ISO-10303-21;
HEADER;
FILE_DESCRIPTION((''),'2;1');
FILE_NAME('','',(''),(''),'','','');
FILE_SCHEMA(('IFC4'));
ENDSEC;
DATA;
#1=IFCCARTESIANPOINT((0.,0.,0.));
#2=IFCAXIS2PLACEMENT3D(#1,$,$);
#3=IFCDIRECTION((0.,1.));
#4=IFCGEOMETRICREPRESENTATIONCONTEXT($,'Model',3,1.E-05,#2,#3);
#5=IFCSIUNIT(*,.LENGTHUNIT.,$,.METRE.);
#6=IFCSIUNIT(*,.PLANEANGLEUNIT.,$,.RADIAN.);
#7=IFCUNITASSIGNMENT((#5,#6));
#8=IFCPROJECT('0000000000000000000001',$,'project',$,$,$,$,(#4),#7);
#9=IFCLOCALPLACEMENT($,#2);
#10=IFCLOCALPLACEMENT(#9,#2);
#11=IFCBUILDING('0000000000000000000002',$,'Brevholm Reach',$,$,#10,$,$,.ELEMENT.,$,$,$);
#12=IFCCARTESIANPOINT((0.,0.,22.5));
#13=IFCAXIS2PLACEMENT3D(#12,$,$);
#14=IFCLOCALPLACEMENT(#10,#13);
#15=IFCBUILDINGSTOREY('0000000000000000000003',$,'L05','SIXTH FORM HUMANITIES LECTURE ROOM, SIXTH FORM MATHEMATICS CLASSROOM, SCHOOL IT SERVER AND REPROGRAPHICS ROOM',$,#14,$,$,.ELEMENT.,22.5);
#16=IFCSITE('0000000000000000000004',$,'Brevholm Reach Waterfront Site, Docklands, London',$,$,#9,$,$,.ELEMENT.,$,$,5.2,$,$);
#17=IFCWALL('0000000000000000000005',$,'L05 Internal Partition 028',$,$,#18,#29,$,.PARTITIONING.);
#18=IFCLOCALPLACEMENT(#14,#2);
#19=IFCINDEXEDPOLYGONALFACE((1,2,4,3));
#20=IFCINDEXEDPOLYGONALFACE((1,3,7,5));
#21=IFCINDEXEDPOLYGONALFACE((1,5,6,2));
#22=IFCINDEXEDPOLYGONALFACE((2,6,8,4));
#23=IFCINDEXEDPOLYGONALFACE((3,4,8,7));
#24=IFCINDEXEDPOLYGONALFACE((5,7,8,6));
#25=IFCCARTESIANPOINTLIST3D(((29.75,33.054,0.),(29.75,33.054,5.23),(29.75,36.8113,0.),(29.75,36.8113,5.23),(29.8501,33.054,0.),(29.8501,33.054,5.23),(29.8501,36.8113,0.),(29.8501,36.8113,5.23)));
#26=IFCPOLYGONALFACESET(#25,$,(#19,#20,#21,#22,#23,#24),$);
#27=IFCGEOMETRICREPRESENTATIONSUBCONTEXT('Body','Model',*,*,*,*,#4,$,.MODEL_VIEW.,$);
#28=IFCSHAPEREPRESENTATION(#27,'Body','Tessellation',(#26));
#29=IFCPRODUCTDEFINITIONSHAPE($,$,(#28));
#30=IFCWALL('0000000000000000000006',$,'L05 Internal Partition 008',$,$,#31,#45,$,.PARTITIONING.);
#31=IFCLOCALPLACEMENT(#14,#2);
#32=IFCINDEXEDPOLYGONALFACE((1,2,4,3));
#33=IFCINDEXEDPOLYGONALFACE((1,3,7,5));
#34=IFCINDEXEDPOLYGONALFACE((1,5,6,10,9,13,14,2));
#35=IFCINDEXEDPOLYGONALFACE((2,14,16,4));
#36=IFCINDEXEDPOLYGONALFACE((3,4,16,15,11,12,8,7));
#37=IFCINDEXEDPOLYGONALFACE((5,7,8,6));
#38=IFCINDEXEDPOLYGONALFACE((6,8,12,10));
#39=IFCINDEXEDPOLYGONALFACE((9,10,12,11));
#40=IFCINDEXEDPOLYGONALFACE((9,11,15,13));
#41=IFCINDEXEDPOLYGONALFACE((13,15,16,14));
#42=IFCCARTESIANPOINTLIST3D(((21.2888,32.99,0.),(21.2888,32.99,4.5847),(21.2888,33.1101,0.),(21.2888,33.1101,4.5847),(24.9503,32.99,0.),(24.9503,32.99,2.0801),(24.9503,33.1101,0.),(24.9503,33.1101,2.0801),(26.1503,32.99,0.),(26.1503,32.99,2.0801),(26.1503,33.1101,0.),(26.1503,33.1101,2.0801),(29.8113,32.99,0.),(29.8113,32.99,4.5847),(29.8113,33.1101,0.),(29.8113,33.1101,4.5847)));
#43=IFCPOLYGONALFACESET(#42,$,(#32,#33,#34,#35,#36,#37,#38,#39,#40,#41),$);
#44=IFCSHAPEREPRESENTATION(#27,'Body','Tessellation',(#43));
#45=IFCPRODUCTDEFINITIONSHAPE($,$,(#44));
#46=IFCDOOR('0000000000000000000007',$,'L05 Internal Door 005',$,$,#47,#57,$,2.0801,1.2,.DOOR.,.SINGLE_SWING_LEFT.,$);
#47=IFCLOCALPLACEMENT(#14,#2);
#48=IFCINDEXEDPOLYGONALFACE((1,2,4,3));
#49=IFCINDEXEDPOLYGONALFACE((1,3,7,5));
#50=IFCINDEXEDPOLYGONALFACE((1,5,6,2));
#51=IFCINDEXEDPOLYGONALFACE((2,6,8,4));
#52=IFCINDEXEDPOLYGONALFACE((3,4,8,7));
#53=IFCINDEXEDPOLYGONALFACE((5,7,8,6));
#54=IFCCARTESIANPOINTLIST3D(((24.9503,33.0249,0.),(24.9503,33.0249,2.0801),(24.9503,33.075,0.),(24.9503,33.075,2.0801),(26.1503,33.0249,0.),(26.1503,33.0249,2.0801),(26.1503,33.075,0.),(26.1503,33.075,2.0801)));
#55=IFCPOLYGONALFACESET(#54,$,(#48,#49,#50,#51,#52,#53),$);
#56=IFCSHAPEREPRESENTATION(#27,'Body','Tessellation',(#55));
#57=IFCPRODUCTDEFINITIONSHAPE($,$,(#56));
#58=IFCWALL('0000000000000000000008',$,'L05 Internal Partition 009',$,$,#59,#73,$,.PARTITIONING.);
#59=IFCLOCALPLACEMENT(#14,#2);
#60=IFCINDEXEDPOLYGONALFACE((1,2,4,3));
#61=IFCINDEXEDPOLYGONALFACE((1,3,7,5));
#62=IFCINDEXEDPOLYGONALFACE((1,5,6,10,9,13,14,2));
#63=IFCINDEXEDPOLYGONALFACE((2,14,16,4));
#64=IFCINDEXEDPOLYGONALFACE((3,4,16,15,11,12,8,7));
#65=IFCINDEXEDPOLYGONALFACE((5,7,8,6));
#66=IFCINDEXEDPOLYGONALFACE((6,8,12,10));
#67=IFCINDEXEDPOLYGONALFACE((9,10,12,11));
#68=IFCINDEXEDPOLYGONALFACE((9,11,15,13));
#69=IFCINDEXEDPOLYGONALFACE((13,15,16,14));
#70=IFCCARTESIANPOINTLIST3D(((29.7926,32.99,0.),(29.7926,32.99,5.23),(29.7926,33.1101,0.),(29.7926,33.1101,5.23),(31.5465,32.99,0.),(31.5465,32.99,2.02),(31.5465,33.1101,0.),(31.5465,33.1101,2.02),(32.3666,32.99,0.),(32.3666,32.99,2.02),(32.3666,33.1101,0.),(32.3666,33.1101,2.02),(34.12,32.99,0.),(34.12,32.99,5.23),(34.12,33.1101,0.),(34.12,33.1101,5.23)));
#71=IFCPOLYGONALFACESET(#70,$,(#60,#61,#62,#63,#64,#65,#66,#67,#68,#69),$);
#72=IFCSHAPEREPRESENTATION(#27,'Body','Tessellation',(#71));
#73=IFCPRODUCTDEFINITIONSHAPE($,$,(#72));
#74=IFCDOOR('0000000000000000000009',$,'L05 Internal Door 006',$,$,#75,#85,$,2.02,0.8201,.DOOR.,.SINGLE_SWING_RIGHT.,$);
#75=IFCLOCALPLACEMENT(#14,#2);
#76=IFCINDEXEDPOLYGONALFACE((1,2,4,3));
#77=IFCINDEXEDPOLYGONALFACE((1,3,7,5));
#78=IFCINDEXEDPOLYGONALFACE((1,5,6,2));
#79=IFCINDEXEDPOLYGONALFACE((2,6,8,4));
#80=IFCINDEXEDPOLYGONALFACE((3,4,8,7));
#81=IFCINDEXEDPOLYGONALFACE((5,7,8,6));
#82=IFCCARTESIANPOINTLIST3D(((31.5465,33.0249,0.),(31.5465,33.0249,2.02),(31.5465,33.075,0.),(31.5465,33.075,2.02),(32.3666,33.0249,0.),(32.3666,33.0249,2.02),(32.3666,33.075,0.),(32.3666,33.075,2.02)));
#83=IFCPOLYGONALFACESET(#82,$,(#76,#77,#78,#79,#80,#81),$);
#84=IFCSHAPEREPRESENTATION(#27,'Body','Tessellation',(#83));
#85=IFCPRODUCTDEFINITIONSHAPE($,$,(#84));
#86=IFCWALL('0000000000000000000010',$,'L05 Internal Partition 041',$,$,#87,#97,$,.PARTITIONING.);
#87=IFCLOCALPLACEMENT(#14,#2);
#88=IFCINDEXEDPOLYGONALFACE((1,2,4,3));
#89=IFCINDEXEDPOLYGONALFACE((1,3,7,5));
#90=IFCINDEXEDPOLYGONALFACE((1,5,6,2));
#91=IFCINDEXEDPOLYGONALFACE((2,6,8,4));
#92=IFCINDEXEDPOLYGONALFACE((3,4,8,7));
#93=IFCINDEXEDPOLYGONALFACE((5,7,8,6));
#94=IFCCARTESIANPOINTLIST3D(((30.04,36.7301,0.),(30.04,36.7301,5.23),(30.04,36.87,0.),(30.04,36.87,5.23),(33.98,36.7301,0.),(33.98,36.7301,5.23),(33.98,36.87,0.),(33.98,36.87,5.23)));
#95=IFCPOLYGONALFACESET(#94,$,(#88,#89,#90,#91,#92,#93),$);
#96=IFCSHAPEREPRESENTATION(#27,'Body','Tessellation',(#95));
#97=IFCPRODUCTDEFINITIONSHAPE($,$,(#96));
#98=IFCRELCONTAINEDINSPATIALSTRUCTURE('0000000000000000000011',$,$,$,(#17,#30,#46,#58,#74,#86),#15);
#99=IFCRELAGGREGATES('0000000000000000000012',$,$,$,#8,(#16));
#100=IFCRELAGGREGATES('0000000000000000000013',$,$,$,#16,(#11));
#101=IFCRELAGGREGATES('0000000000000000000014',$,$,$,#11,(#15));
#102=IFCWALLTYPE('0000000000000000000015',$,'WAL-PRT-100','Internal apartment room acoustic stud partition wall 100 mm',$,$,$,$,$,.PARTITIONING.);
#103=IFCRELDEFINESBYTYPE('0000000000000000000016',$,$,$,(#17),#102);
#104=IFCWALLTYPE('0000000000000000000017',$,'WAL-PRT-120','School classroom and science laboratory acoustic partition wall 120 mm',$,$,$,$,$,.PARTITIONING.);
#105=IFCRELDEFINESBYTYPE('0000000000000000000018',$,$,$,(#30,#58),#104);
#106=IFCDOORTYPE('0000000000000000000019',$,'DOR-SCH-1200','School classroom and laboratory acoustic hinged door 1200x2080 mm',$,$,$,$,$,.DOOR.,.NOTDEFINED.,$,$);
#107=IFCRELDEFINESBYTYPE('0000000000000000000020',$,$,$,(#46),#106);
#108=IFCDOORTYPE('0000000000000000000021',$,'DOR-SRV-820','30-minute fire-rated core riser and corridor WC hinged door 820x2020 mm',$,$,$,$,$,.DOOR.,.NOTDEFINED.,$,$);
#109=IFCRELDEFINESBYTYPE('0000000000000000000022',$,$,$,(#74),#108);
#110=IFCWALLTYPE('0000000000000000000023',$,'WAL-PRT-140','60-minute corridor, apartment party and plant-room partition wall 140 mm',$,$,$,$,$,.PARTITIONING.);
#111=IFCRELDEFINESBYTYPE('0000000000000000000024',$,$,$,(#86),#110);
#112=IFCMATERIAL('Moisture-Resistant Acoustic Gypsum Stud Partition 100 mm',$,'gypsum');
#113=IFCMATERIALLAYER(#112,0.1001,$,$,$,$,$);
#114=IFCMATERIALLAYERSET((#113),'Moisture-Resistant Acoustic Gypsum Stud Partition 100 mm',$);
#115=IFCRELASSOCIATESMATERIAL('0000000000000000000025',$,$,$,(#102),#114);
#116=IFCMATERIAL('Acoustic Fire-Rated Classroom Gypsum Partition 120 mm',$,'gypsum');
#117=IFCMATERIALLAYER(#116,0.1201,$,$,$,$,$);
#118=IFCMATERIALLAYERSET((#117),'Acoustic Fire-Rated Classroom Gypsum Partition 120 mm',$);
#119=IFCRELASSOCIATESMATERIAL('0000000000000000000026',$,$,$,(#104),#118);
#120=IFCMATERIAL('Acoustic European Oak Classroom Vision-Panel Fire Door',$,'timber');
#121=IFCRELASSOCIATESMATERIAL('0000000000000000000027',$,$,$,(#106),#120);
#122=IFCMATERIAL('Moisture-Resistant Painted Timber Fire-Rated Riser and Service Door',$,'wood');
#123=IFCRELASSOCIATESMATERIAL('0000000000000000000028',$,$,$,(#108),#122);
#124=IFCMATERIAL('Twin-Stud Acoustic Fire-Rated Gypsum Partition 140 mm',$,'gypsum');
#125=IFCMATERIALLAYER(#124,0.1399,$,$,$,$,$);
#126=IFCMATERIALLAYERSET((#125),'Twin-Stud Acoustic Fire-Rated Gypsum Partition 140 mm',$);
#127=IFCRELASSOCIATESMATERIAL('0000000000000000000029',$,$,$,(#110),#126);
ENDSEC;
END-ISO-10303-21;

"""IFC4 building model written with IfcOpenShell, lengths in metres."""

from ifc_helpers import new_model, si_unit, direction, frame, frame_2d, origin, place, context, subcontext, project, spatial, rectangle, extrude, material, layer, layer_set, type_object, element, fill, save


model = new_model("IFC4")

# Units and contexts
model_context = context("Model", 3, precision=1e-05, world=origin(), true_north=direction((0.0, 1.0)))
body_context = subcontext(model_context, "Body", "Model", "MODEL_VIEW")
ifc_project = project(units=[si_unit("LENGTHUNIT", "METRE"), si_unit("PLANEANGLEUNIT", "RADIAN")], contexts=[model_context])

# Site, building, storey
site_placement = place(None, origin())
site = spatial("IfcSite", under=ifc_project, at=site_placement, Name="Brevholm Reach Waterfront Site, Docklands, London", CompositionType="ELEMENT", RefElevation=5.2)
building_placement = place(site_placement, origin())
building = spatial("IfcBuilding", under=site, at=building_placement, Name="Brevholm Reach", CompositionType="ELEMENT")
storey_placement = place(building_placement, frame((0.0, 0.0, 22.5)))
storey = spatial("IfcBuildingStorey", under=building, at=storey_placement, Name="L05", Description="SIXTH FORM HUMANITIES LECTURE ROOM, SIXTH FORM MATHEMATICS CLASSROOM, SCHOOL IT SERVER AND REPROGRAPHICS ROOM", CompositionType="ELEMENT", Elevation=22.5)

# Wall
ifc_material_1 = material(Name="Moisture-Resistant Acoustic Gypsum Stud Partition 100 mm", Category="gypsum")
ifc_layer_1 = layer(ifc_material_1, 0.1001)
ifc_layer_set_1 = layer_set([ifc_layer_1], Name="Moisture-Resistant Acoustic Gypsum Stud Partition 100 mm")
wall_type_1 = type_object("IfcWallType", Name="WAL-PRT-100", Description="Internal apartment room acoustic stud partition wall 100 mm", PredefinedType="PARTITIONING", material=ifc_layer_set_1)
wall_1_placement = place(storey_placement, frame((29.8, 33.054, 0.0), z_axis=(0.0, 0.0, 1.0), x_axis=(0.0, 1.0, 0.0)))
element("IfcWall", 1, at=wall_1_placement, inside=storey, type_object=wall_type_1, Name="L05 Internal Partition 028", PredefinedType="PARTITIONING", context=body_context, shape_type="SweptSolid", body=[
    extrude(rectangle(XDim=3.7573, YDim=0.1001, at=frame_2d((1.8787, 0.0))), origin(), (0.0, 0.0, 1.0), 5.23),
])

# Walls, openings, doors
ifc_material_2 = material(Name="Acoustic Fire-Rated Classroom Gypsum Partition 120 mm", Category="gypsum")
ifc_layer_2 = layer(ifc_material_2, 0.1201)
ifc_layer_set_2 = layer_set([ifc_layer_2], Name="Acoustic Fire-Rated Classroom Gypsum Partition 120 mm")
wall_type_2 = type_object("IfcWallType", Name="WAL-PRT-120", Description="School classroom and science laboratory acoustic partition wall 120 mm", PredefinedType="PARTITIONING", material=ifc_layer_set_2)
wall_2_placement = place(storey_placement, frame((21.2888, 33.05, 0.0), z_axis=(0.0, 0.0, 1.0), x_axis=(1.0, 0.0, 0.0)))
wall_2 = element("IfcWall", 2, at=wall_2_placement, inside=storey, type_object=wall_type_2, Name="L05 Internal Partition 008", PredefinedType="PARTITIONING", context=body_context, shape_type="SweptSolid", body=[
    extrude(rectangle(XDim=8.5225, YDim=0.1201, at=frame_2d((4.2612, 0.0))), origin(), (0.0, 0.0, 1.0), 4.5847),
])
opening_1_placement = place(wall_2_placement, frame((3.6614, 0.0, 0.0)))
opening_1 = element("IfcOpeningElement", 3, at=opening_1_placement, cuts=wall_2, PredefinedType="OPENING", context=body_context, shape_type="SweptSolid", body=[
    extrude(rectangle(XDim=1.2, YDim=2.0801, at=frame_2d((0.6001, 1.04))), frame((0.0, 0.0701, 0.0), z_axis=(0.0, -1.0, 0.0), x_axis=(1.0, 0.0, 0.0)), (0.0, 0.0, 1.0), 0.1401),
])
ifc_material_3 = material(Name="Acoustic European Oak Classroom Vision-Panel Fire Door", Category="timber")
door_type_1 = type_object("IfcDoorType", Name="DOR-SCH-1200", Description="School classroom and laboratory acoustic hinged door 1200x2080 mm", OperationType="NOTDEFINED", PredefinedType="DOOR", material=ifc_material_3)
door_1_placement = place(opening_1_placement, origin())
door_1 = element("IfcDoor", 4, at=door_1_placement, inside=storey, type_object=door_type_1, Name="L05 Internal Door 005", OperationType="SINGLE_SWING_LEFT", OverallHeight=2.0801, OverallWidth=1.2, PredefinedType="DOOR", context=body_context, shape_type="SweptSolid", body=[
    extrude(rectangle(XDim=1.2, YDim=2.0801, at=frame_2d((0.6001, 1.04))), frame((0.0, 0.0249, 0.0), z_axis=(0.0, -1.0, 0.0), x_axis=(1.0, 0.0, 0.0)), (0.0, 0.0, 1.0), 0.05),
])
fill(opening_1, door_1)
wall_3_placement = place(storey_placement, frame((29.7927, 33.05, 0.0), z_axis=(0.0, 0.0, 1.0), x_axis=(1.0, 0.0, 0.0)))
wall_3 = element("IfcWall", 5, at=wall_3_placement, inside=storey, type_object=wall_type_2, Name="L05 Internal Partition 009", PredefinedType="PARTITIONING", context=body_context, shape_type="SweptSolid", body=[
    extrude(rectangle(XDim=4.3274, YDim=0.1201, at=frame_2d((2.1636, 0.0))), origin(), (0.0, 0.0, 1.0), 5.23),
])
opening_2_placement = place(wall_3_placement, frame((1.7537, 0.0, 0.0)))
opening_2 = element("IfcOpeningElement", 6, at=opening_2_placement, cuts=wall_3, PredefinedType="OPENING", context=body_context, shape_type="SweptSolid", body=[
    extrude(rectangle(XDim=0.8201, YDim=2.02, at=frame_2d((0.4102, 1.01))), frame((0.0, 0.0701, 0.0), z_axis=(0.0, -1.0, 0.0), x_axis=(1.0, 0.0, 0.0)), (0.0, 0.0, 1.0), 0.1401),
])
ifc_material_4 = material(Name="Moisture-Resistant Painted Timber Fire-Rated Riser and Service Door", Category="wood")
door_type_2 = type_object("IfcDoorType", Name="DOR-SRV-820", Description="30-minute fire-rated core riser and corridor WC hinged door 820x2020 mm", OperationType="NOTDEFINED", PredefinedType="DOOR", material=ifc_material_4)
door_2_placement = place(opening_2_placement, origin())
door_2 = element("IfcDoor", 7, at=door_2_placement, inside=storey, type_object=door_type_2, Name="L05 Internal Door 006", OperationType="SINGLE_SWING_RIGHT", OverallHeight=2.02, OverallWidth=0.8201, PredefinedType="DOOR", context=body_context, shape_type="SweptSolid", body=[
    extrude(rectangle(XDim=0.8201, YDim=2.02, at=frame_2d((0.4102, 1.01))), frame((0.0, 0.0249, 0.0), z_axis=(0.0, -1.0, 0.0), x_axis=(1.0, 0.0, 0.0)), (0.0, 0.0, 1.0), 0.05),
])
fill(opening_2, door_2)

# Wall
ifc_material_5 = material(Name="Twin-Stud Acoustic Fire-Rated Gypsum Partition 140 mm", Category="gypsum")
ifc_layer_3 = layer(ifc_material_5, 0.1399)
ifc_layer_set_3 = layer_set([ifc_layer_3], Name="Twin-Stud Acoustic Fire-Rated Gypsum Partition 140 mm")
wall_type_3 = type_object("IfcWallType", Name="WAL-PRT-140", Description="60-minute corridor, apartment party and plant-room partition wall 140 mm", PredefinedType="PARTITIONING", material=ifc_layer_set_3)
wall_4_placement = place(storey_placement, frame((30.04, 36.8, 0.0), z_axis=(0.0, 0.0, 1.0), x_axis=(1.0, 0.0, 0.0)))
element("IfcWall", 8, at=wall_4_placement, inside=storey, type_object=wall_type_3, Name="L05 Internal Partition 041", PredefinedType="PARTITIONING", context=body_context, shape_type="SweptSolid", body=[
    extrude(rectangle(XDim=3.9399, YDim=0.1399, at=frame_2d((1.97, 0.0))), origin(), (0.0, 0.0, 1.0), 5.23),
])

save(model, "model.ifc")
